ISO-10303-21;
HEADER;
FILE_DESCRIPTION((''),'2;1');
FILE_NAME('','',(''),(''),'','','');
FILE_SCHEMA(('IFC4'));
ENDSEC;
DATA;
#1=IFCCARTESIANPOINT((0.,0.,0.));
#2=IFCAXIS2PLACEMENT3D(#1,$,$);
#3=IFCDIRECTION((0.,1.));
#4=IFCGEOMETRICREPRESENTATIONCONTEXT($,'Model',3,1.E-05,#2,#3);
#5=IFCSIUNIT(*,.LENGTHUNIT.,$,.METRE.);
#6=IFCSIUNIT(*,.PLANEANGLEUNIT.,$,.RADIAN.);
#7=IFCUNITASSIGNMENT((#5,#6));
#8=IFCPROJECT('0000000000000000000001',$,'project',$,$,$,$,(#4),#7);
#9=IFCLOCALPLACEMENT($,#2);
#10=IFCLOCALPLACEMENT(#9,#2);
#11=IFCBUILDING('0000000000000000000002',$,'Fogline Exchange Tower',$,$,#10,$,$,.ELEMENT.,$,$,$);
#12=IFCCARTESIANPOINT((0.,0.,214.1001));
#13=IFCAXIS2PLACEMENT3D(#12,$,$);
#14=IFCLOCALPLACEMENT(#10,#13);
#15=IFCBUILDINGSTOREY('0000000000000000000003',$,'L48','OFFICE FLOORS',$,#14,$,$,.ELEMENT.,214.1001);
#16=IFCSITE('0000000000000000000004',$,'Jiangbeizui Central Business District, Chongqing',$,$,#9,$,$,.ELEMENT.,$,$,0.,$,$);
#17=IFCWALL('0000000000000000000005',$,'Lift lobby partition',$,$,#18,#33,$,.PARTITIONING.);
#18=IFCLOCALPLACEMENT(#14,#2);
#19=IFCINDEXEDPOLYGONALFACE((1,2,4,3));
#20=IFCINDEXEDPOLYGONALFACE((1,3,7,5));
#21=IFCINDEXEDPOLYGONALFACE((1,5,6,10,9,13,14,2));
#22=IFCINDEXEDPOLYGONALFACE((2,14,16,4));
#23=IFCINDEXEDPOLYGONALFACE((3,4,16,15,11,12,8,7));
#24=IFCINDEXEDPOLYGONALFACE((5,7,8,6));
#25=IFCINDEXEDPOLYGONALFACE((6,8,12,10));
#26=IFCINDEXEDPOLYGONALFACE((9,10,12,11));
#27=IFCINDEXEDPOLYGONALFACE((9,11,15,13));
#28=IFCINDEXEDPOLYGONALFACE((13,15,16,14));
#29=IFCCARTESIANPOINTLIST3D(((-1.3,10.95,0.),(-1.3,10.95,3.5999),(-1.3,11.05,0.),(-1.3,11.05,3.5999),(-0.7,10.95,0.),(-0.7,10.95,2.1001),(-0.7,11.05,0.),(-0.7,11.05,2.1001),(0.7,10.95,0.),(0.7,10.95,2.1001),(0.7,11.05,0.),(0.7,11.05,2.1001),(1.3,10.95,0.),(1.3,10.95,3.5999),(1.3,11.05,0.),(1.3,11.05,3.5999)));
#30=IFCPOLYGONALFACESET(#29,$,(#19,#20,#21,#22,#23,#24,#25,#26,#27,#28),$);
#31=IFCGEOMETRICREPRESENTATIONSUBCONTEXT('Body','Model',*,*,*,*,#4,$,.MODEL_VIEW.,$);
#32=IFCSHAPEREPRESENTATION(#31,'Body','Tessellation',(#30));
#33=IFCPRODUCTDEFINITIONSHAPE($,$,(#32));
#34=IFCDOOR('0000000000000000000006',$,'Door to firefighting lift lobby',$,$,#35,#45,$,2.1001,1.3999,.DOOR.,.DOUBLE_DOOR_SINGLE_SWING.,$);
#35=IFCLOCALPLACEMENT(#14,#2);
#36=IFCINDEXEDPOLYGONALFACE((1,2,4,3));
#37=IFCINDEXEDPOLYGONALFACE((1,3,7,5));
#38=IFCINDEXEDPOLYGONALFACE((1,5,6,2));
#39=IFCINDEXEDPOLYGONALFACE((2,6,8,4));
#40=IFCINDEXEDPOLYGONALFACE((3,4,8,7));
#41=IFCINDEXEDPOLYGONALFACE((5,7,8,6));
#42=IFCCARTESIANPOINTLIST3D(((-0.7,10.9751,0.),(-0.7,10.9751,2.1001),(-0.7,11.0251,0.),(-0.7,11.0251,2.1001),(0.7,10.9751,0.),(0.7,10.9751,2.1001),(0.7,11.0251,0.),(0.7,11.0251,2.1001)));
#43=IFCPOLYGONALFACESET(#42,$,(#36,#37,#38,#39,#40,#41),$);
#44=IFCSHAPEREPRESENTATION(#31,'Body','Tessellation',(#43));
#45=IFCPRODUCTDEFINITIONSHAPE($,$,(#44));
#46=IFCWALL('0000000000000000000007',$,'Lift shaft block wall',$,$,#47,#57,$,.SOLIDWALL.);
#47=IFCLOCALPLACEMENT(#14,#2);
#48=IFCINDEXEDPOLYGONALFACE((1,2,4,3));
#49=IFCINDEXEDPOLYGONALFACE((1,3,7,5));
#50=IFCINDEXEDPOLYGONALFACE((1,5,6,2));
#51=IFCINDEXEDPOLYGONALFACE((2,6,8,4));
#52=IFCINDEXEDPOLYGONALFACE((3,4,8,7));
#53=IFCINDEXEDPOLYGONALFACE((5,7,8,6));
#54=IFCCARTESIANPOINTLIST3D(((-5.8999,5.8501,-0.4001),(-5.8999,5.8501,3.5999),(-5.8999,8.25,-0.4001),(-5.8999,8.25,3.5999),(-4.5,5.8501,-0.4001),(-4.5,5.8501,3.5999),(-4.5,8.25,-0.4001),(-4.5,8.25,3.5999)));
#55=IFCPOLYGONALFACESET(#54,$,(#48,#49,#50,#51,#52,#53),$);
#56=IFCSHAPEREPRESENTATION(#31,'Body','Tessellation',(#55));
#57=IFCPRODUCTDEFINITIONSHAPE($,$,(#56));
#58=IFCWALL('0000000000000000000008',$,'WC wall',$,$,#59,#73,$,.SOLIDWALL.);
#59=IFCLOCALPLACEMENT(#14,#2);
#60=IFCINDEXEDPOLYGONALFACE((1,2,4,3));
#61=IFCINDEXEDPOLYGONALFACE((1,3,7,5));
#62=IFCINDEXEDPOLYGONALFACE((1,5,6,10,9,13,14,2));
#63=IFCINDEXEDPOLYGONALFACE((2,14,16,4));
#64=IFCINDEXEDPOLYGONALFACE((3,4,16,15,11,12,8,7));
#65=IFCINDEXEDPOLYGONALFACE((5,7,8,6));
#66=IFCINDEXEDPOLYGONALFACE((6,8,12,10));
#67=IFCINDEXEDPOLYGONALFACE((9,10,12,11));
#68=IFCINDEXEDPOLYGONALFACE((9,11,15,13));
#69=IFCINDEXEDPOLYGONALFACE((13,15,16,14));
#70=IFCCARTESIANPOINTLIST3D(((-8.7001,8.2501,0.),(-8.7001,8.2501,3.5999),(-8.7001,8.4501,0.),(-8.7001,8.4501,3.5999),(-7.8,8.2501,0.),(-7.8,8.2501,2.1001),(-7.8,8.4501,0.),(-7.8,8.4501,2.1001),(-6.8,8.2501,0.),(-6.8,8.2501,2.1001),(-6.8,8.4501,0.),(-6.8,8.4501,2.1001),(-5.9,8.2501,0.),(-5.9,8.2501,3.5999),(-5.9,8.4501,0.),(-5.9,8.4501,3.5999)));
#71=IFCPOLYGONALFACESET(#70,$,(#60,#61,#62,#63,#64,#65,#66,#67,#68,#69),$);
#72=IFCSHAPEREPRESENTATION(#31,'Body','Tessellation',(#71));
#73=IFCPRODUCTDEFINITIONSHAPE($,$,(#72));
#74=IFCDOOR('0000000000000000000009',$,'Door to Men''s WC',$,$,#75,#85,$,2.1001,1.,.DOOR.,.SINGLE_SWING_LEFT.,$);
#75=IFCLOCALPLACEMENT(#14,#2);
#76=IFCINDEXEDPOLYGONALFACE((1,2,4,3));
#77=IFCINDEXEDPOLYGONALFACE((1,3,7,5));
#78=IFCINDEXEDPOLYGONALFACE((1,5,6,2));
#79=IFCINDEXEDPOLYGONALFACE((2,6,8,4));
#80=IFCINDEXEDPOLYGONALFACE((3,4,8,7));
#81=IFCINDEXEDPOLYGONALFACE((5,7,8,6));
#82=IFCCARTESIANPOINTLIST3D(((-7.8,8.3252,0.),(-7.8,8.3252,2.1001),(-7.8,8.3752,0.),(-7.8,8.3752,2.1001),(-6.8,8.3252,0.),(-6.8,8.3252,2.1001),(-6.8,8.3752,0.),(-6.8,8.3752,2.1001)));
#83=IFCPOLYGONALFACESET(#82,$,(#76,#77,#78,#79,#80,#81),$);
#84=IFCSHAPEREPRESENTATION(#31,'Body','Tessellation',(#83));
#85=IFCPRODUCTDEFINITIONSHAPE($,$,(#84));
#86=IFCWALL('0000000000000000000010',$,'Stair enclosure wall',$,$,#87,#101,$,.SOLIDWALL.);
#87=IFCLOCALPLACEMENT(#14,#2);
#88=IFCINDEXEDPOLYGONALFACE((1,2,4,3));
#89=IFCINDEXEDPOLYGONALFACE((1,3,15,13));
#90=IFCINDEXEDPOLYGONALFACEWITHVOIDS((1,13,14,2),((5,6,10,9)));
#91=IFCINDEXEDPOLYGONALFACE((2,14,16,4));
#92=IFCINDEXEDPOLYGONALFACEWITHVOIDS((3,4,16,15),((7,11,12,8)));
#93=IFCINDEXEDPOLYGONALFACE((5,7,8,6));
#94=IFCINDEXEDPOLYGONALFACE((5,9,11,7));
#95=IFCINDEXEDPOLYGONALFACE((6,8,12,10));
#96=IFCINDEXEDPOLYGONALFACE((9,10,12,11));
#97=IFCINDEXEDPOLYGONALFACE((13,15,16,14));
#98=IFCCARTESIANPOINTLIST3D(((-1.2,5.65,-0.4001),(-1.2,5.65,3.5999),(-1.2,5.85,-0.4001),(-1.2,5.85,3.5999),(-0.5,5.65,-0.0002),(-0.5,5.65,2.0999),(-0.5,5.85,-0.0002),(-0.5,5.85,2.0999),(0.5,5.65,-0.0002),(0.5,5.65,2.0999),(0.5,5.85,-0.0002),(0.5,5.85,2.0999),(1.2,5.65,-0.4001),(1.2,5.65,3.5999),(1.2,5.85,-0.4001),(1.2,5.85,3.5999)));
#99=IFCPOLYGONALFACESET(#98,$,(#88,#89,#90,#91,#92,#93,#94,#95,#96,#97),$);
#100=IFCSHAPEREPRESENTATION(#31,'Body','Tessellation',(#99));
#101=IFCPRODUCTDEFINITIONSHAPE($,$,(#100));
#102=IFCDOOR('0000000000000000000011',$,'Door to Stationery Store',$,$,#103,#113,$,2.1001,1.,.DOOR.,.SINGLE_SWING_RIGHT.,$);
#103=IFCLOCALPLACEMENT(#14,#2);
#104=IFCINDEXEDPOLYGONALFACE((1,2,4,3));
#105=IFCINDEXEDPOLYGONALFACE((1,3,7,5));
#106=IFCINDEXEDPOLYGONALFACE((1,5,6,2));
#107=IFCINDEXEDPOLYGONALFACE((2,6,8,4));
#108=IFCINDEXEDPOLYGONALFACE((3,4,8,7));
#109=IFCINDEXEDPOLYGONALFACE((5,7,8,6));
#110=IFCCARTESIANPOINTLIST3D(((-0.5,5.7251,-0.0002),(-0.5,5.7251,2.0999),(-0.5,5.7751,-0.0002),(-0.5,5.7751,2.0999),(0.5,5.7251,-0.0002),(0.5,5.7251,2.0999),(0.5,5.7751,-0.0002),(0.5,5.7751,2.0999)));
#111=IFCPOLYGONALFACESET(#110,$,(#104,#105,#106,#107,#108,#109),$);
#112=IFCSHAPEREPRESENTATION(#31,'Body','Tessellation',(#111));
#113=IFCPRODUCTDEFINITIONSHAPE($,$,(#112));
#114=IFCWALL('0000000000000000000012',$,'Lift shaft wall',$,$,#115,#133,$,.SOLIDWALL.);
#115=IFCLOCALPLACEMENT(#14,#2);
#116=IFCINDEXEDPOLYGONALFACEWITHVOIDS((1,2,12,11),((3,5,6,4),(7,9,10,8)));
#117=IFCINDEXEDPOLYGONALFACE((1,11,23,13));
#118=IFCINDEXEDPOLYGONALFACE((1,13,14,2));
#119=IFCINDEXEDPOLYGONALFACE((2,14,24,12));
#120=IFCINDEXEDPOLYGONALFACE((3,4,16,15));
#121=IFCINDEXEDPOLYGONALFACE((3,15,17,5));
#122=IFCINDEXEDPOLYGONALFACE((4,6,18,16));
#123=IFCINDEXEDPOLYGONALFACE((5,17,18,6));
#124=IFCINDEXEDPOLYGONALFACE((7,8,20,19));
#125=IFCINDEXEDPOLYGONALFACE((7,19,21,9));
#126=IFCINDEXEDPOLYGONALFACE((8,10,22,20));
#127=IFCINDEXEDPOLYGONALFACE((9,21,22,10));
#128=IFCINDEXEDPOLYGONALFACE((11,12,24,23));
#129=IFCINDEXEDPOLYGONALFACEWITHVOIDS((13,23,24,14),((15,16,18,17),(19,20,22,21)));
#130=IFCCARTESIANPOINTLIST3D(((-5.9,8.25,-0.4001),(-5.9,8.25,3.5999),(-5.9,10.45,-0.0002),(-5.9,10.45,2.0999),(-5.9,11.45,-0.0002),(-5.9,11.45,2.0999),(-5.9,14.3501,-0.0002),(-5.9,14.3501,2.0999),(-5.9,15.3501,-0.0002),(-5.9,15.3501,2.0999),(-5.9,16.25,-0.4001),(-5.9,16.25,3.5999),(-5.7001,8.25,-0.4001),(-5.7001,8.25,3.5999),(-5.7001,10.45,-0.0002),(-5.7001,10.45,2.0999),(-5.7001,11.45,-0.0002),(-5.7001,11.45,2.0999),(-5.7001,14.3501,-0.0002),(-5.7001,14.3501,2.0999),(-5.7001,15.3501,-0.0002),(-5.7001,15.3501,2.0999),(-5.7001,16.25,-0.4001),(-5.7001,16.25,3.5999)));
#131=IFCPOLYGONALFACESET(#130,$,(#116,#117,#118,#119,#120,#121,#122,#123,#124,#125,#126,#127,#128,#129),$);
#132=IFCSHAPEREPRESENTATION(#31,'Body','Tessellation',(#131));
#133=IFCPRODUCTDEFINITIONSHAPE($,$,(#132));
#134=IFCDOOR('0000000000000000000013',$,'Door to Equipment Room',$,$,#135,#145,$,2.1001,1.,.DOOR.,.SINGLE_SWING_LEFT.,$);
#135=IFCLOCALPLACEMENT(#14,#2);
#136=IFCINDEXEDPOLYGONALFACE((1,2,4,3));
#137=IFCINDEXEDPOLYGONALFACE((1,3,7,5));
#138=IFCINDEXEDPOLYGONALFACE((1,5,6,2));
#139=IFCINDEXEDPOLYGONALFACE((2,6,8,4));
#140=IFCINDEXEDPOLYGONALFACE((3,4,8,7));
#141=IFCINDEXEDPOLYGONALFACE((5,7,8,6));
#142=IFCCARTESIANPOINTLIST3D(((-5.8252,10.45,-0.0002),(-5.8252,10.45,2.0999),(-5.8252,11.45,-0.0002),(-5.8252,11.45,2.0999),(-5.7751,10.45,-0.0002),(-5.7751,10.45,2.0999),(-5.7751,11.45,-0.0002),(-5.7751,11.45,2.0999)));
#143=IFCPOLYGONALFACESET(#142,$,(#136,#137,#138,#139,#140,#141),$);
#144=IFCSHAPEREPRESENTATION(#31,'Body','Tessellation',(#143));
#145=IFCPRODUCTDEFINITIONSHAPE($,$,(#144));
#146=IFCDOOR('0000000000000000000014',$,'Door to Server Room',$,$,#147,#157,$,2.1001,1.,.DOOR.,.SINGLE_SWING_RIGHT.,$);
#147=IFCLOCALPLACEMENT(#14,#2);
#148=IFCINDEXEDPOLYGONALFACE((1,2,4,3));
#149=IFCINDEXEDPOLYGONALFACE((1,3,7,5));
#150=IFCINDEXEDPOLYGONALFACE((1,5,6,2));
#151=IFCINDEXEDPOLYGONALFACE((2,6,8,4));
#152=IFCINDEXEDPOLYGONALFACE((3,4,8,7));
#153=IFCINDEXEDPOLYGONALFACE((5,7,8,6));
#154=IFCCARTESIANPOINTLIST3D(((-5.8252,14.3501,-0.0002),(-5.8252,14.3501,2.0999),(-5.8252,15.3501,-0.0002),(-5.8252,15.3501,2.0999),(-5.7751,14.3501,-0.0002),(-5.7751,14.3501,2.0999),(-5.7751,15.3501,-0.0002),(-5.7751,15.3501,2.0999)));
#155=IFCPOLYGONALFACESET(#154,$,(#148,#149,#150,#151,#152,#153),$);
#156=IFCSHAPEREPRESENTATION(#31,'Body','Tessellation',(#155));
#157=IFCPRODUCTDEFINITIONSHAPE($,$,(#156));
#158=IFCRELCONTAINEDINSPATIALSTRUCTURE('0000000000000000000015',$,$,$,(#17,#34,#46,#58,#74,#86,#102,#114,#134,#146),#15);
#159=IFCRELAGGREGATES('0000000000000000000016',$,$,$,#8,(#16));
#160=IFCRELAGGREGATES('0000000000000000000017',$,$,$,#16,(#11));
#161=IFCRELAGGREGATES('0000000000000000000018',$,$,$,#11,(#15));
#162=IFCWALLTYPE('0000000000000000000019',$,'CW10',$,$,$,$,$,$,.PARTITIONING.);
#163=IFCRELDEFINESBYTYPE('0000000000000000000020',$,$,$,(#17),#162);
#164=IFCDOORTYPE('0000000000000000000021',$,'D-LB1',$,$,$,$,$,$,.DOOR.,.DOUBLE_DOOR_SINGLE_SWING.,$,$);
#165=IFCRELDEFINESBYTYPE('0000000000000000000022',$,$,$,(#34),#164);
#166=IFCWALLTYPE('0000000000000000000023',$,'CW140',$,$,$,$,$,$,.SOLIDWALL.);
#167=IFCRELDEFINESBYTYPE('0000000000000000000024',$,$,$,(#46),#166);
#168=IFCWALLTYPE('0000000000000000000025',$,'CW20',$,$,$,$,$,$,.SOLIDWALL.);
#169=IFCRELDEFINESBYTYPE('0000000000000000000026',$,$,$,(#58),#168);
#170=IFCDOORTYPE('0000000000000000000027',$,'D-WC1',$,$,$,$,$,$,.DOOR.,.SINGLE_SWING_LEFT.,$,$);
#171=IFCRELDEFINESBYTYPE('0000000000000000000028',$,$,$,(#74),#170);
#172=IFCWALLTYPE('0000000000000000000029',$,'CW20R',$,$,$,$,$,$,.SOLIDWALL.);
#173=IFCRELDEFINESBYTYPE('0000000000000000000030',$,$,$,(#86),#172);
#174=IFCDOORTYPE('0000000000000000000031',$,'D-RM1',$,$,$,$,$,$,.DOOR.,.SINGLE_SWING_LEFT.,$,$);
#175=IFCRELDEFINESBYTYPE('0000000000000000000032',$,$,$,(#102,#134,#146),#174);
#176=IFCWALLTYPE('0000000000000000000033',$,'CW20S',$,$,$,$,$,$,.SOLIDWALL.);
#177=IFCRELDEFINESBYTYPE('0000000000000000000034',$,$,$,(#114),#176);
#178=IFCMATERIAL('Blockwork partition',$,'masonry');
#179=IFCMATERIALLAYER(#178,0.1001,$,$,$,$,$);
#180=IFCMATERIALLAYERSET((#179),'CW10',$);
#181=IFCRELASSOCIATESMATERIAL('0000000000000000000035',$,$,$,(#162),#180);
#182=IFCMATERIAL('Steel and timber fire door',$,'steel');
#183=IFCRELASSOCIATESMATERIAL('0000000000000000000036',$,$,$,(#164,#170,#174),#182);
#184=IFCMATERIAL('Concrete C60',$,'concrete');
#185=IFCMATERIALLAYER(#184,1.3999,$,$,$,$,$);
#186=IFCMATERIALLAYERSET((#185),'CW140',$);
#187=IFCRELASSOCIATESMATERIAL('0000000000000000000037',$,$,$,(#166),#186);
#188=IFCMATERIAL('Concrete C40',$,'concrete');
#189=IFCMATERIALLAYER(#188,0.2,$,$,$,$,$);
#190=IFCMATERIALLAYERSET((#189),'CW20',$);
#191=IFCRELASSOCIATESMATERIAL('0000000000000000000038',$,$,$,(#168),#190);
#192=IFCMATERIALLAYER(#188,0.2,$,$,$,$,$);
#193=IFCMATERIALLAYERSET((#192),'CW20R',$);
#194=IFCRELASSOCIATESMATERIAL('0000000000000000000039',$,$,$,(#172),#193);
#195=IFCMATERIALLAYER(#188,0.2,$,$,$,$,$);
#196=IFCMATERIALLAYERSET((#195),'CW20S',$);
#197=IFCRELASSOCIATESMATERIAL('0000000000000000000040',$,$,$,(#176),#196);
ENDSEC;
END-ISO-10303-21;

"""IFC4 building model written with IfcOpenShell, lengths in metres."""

from ifc_helpers import new_model, si_unit, direction, frame, frame_2d, origin, place, context, subcontext, project, spatial, rectangle, extrude, material, layer, layer_set, type_object, element, fill, save


model = new_model("IFC4")

# Units and contexts
model_context = context("Model", 3, precision=1e-05, world=origin(), true_north=direction((0.0, 1.0)))
body_context = subcontext(model_context, "Body", "Model", "MODEL_VIEW")
ifc_project = project(units=[si_unit("LENGTHUNIT", "METRE"), si_unit("PLANEANGLEUNIT", "RADIAN")], contexts=[model_context])

# Site, building, storey
site_placement = place(None, origin())
site = spatial("IfcSite", under=ifc_project, at=site_placement, Name="Jiangbeizui Central Business District, Chongqing", CompositionType="ELEMENT", RefElevation=0.0)
building_placement = place(site_placement, origin())
building = spatial("IfcBuilding", under=site, at=building_placement, Name="Fogline Exchange Tower", CompositionType="ELEMENT")
storey_placement = place(building_placement, frame((0.0, 0.0, 214.1001)))
storey = spatial("IfcBuildingStorey", under=building, at=storey_placement, Name="L48", Description="OFFICE FLOORS", CompositionType="ELEMENT", Elevation=214.1001)

# Wall, opening, door
ifc_material_1 = material(Name="Blockwork partition", Category="masonry")
ifc_layer_1 = layer(ifc_material_1, 0.1001)
ifc_layer_set_1 = layer_set([ifc_layer_1], Name="CW10")
wall_type_1 = type_object("IfcWallType", Name="CW10", PredefinedType="PARTITIONING", material=ifc_layer_set_1)
wall_1_placement = place(storey_placement, frame((-1.3, 11.0, 0.0), z_axis=(0.0, 0.0, 1.0), x_axis=(1.0, 0.0, 0.0)))
wall_1 = element("IfcWall", 1, at=wall_1_placement, inside=storey, type_object=wall_type_1, Name="Lift lobby partition", PredefinedType="PARTITIONING", context=body_context, shape_type="SweptSolid", body=[
    extrude(rectangle(XDim=2.6001, YDim=0.1001, at=frame_2d((1.3, 0.0))), origin(), (0.0, 0.0, 1.0), 3.5999),
])
opening_1_placement = place(wall_1_placement, frame((0.6001, 0.0, 0.0)))
opening_1 = element("IfcOpeningElement", 2, at=opening_1_placement, cuts=wall_1, PredefinedType="OPENING", context=body_context, shape_type="SweptSolid", body=[
    extrude(rectangle(XDim=1.3999, YDim=2.1001, at=frame_2d((0.7, 1.05))), frame((0.0, 0.0601, 0.0), z_axis=(0.0, -1.0, 0.0), x_axis=(1.0, 0.0, 0.0)), (0.0, 0.0, 1.0), 0.1201),
])
ifc_material_2 = material(Name="Steel and timber fire door", Category="steel")
door_type_1 = type_object("IfcDoorType", Name="D-LB1", OperationType="DOUBLE_DOOR_SINGLE_SWING", PredefinedType="DOOR", material=ifc_material_2)
door_1_placement = place(opening_1_placement, frame((1.3999, 0.0, 0.0), z_axis=(0.0, 0.0, 1.0), x_axis=(-1.0, 0.0, 0.0)))
door_1 = element("IfcDoor", 3, at=door_1_placement, inside=storey, type_object=door_type_1, Name="Door to firefighting lift lobby", OperationType="DOUBLE_DOOR_SINGLE_SWING", OverallHeight=2.1001, OverallWidth=1.3999, PredefinedType="DOOR", context=body_context, shape_type="SweptSolid", body=[
    extrude(rectangle(XDim=1.3999, YDim=2.1001, at=frame_2d((0.7, 1.05))), frame((0.0, 0.0249, 0.0), z_axis=(0.0, -1.0, 0.0), x_axis=(1.0, 0.0, 0.0)), (0.0, 0.0, 1.0), 0.05),
])
fill(opening_1, door_1)

# Wall
ifc_material_3 = material(Name="Concrete C60", Category="concrete")
ifc_layer_2 = layer(ifc_material_3, 1.3999)
ifc_layer_set_2 = layer_set([ifc_layer_2], Name="CW140")
wall_type_2 = type_object("IfcWallType", Name="CW140", PredefinedType="SOLIDWALL", material=ifc_layer_set_2)
wall_2_placement = place(storey_placement, frame((-5.2, 5.8501, -0.4001), z_axis=(0.0, 0.0, 1.0), x_axis=(0.0, 1.0, 0.0)))
element("IfcWall", 4, at=wall_2_placement, inside=storey, type_object=wall_type_2, Name="Lift shaft block wall", PredefinedType="SOLIDWALL", context=body_context, shape_type="SweptSolid", body=[
    extrude(rectangle(XDim=2.3999, YDim=1.3999, at=frame_2d((1.2, 0.0))), origin(), (0.0, 0.0, 1.0), 4.0),
])

# Walls, openings, doors
ifc_material_4 = material(Name="Concrete C40", Category="concrete")
ifc_layer_3 = layer(ifc_material_4, 0.2)
ifc_layer_set_3 = layer_set([ifc_layer_3], Name="CW20")
wall_type_3 = type_object("IfcWallType", Name="CW20", PredefinedType="SOLIDWALL", material=ifc_layer_set_3)
wall_3_placement = place(storey_placement, frame((-8.7, 8.3501, 0.0), z_axis=(0.0, 0.0, 1.0), x_axis=(1.0, 0.0, 0.0)))
wall_3 = element("IfcWall", 5, at=wall_3_placement, inside=storey, type_object=wall_type_3, Name="WC wall", PredefinedType="SOLIDWALL", context=body_context, shape_type="SweptSolid", body=[
    extrude(rectangle(XDim=2.8, YDim=0.2, at=frame_2d((1.3999, 0.0))), origin(), (0.0, 0.0, 1.0), 3.5999),
])
opening_2_placement = place(wall_3_placement, frame((0.8999, 0.0, 0.0)))
opening_2 = element("IfcOpeningElement", 6, at=opening_2_placement, cuts=wall_3, PredefinedType="OPENING", context=body_context, shape_type="SweptSolid", body=[
    extrude(rectangle(XDim=1.0, YDim=2.1001, at=frame_2d((0.5, 1.05))), frame((0.0, 0.1099, 0.0), z_axis=(0.0, -1.0, 0.0), x_axis=(1.0, 0.0, 0.0)), (0.0, 0.0, 1.0), 0.22),
])
door_type_2 = type_object("IfcDoorType", Name="D-WC1", OperationType="SINGLE_SWING_LEFT", PredefinedType="DOOR", material=ifc_material_2)
door_2_placement = place(opening_2_placement, frame((1.0, 0.0, 0.0), z_axis=(0.0, 0.0, 1.0), x_axis=(-1.0, 0.0, 0.0)))
door_2 = element("IfcDoor", 7, at=door_2_placement, inside=storey, type_object=door_type_2, Name="Door to Men's WC", OperationType="SINGLE_SWING_LEFT", OverallHeight=2.1001, OverallWidth=1.0, PredefinedType="DOOR", context=body_context, shape_type="SweptSolid", body=[
    extrude(rectangle(XDim=1.0, YDim=2.1001, at=frame_2d((0.5, 1.05))), frame((0.0, 0.0249, 0.0), z_axis=(0.0, -1.0, 0.0), x_axis=(1.0, 0.0, 0.0)), (0.0, 0.0, 1.0), 0.05),
])
fill(opening_2, door_2)
ifc_layer_4 = layer(ifc_material_4, 0.2)
ifc_layer_set_4 = layer_set([ifc_layer_4], Name="CW20R")
wall_type_4 = type_object("IfcWallType", Name="CW20R", PredefinedType="SOLIDWALL", material=ifc_layer_set_4)
wall_4_placement = place(storey_placement, frame((-1.2, 5.75, -0.4001), z_axis=(0.0, 0.0, 1.0), x_axis=(1.0, 0.0, 0.0)))
wall_4 = element("IfcWall", 8, at=wall_4_placement, inside=storey, type_object=wall_type_4, Name="Stair enclosure wall", PredefinedType="SOLIDWALL", context=body_context, shape_type="SweptSolid", body=[
    extrude(rectangle(XDim=2.3999, YDim=0.2, at=frame_2d((1.2, 0.0))), origin(), (0.0, 0.0, 1.0), 4.0),
])
opening_3_placement = place(wall_4_placement, frame((0.7, 0.0, 0.3999)))
opening_3 = element("IfcOpeningElement", 9, at=opening_3_placement, cuts=wall_4, PredefinedType="OPENING", context=body_context, shape_type="SweptSolid", body=[
    extrude(rectangle(XDim=1.0, YDim=2.1001, at=frame_2d((0.5, 1.05))), frame((0.0, 0.1099, 0.0), z_axis=(0.0, -1.0, 0.0), x_axis=(1.0, 0.0, 0.0)), (0.0, 0.0, 1.0), 0.22),
])
door_type_3 = type_object("IfcDoorType", Name="D-RM1", OperationType="SINGLE_SWING_LEFT", PredefinedType="DOOR", material=ifc_material_2)
door_3_placement = place(opening_3_placement, frame((1.0, 0.0, 0.0), z_axis=(0.0, 0.0, 1.0), x_axis=(-1.0, 0.0, 0.0)))
door_3 = element("IfcDoor", 10, at=door_3_placement, inside=storey, type_object=door_type_3, Name="Door to Stationery Store", OperationType="SINGLE_SWING_RIGHT", OverallHeight=2.1001, OverallWidth=1.0, PredefinedType="DOOR", context=body_context, shape_type="SweptSolid", body=[
    extrude(rectangle(XDim=1.0, YDim=2.1001, at=frame_2d((0.5, 1.05))), frame((0.0, 0.0249, 0.0), z_axis=(0.0, -1.0, 0.0), x_axis=(1.0, 0.0, 0.0)), (0.0, 0.0, 1.0), 0.05),
])
fill(opening_3, door_3)

# Wall, openings, doors
ifc_layer_5 = layer(ifc_material_4, 0.2)
ifc_layer_set_5 = layer_set([ifc_layer_5], Name="CW20S")
wall_type_5 = type_object("IfcWallType", Name="CW20S", PredefinedType="SOLIDWALL", material=ifc_layer_set_5)
wall_5_placement = place(storey_placement, frame((-5.8, 8.25, -0.4001), z_axis=(0.0, 0.0, 1.0), x_axis=(0.0, 1.0, 0.0)))
wall_5 = element("IfcWall", 11, at=wall_5_placement, inside=storey, type_object=wall_type_5, Name="Lift shaft wall", PredefinedType="SOLIDWALL", context=body_context, shape_type="SweptSolid", body=[
    extrude(rectangle(XDim=8.0, YDim=0.2, at=frame_2d((4.0, 0.0))), origin(), (0.0, 0.0, 1.0), 4.0),
])
opening_4_placement = place(wall_5_placement, frame((2.2, 0.0, 0.3999)))
opening_4 = element("IfcOpeningElement", 12, at=opening_4_placement, cuts=wall_5, PredefinedType="OPENING", context=body_context, shape_type="SweptSolid", body=[
    extrude(rectangle(XDim=1.0, YDim=2.1001, at=frame_2d((0.5, 1.05))), frame((0.0, 0.1099, 0.0), z_axis=(0.0, -1.0, 0.0), x_axis=(1.0, 0.0, 0.0)), (0.0, 0.0, 1.0), 0.22),
])
opening_5_placement = place(wall_5_placement, frame((6.1001, 0.0, 0.3999)))
opening_5 = element("IfcOpeningElement", 13, at=opening_5_placement, cuts=wall_5, PredefinedType="OPENING", context=body_context, shape_type="SweptSolid", body=[
    extrude(rectangle(XDim=1.0, YDim=2.1001, at=frame_2d((0.5, 1.05))), frame((0.0, 0.1099, 0.0), z_axis=(0.0, -1.0, 0.0), x_axis=(1.0, 0.0, 0.0)), (0.0, 0.0, 1.0), 0.22),
])
door_4_placement = place(opening_4_placement, frame((1.0, 0.0, 0.0), z_axis=(0.0, 0.0, 1.0), x_axis=(-1.0, 0.0, 0.0)))
door_4 = element("IfcDoor", 14, at=door_4_placement, inside=storey, type_object=door_type_3, Name="Door to Equipment Room", OperationType="SINGLE_SWING_LEFT", OverallHeight=2.1001, OverallWidth=1.0, PredefinedType="DOOR", context=body_context, shape_type="SweptSolid", body=[
    extrude(rectangle(XDim=1.0, YDim=2.1001, at=frame_2d((0.5, 1.05))), frame((0.0, 0.0249, 0.0), z_axis=(0.0, -1.0, 0.0), x_axis=(1.0, 0.0, 0.0)), (0.0, 0.0, 1.0), 0.05),
])
fill(opening_4, door_4)
door_5_placement = place(opening_5_placement, frame((1.0, 0.0, 0.0), z_axis=(0.0, 0.0, 1.0), x_axis=(-1.0, 0.0, 0.0)))
door_5 = element("IfcDoor", 15, at=door_5_placement, inside=storey, type_object=door_type_3, Name="Door to Server Room", OperationType="SINGLE_SWING_RIGHT", OverallHeight=2.1001, OverallWidth=1.0, PredefinedType="DOOR", context=body_context, shape_type="SweptSolid", body=[
    extrude(rectangle(XDim=1.0, YDim=2.1001, at=frame_2d((0.5, 1.05))), frame((0.0, 0.0249, 0.0), z_axis=(0.0, -1.0, 0.0), x_axis=(1.0, 0.0, 0.0)), (0.0, 0.0, 1.0), 0.05),
])
fill(opening_5, door_5)

save(model, "model.ifc")
